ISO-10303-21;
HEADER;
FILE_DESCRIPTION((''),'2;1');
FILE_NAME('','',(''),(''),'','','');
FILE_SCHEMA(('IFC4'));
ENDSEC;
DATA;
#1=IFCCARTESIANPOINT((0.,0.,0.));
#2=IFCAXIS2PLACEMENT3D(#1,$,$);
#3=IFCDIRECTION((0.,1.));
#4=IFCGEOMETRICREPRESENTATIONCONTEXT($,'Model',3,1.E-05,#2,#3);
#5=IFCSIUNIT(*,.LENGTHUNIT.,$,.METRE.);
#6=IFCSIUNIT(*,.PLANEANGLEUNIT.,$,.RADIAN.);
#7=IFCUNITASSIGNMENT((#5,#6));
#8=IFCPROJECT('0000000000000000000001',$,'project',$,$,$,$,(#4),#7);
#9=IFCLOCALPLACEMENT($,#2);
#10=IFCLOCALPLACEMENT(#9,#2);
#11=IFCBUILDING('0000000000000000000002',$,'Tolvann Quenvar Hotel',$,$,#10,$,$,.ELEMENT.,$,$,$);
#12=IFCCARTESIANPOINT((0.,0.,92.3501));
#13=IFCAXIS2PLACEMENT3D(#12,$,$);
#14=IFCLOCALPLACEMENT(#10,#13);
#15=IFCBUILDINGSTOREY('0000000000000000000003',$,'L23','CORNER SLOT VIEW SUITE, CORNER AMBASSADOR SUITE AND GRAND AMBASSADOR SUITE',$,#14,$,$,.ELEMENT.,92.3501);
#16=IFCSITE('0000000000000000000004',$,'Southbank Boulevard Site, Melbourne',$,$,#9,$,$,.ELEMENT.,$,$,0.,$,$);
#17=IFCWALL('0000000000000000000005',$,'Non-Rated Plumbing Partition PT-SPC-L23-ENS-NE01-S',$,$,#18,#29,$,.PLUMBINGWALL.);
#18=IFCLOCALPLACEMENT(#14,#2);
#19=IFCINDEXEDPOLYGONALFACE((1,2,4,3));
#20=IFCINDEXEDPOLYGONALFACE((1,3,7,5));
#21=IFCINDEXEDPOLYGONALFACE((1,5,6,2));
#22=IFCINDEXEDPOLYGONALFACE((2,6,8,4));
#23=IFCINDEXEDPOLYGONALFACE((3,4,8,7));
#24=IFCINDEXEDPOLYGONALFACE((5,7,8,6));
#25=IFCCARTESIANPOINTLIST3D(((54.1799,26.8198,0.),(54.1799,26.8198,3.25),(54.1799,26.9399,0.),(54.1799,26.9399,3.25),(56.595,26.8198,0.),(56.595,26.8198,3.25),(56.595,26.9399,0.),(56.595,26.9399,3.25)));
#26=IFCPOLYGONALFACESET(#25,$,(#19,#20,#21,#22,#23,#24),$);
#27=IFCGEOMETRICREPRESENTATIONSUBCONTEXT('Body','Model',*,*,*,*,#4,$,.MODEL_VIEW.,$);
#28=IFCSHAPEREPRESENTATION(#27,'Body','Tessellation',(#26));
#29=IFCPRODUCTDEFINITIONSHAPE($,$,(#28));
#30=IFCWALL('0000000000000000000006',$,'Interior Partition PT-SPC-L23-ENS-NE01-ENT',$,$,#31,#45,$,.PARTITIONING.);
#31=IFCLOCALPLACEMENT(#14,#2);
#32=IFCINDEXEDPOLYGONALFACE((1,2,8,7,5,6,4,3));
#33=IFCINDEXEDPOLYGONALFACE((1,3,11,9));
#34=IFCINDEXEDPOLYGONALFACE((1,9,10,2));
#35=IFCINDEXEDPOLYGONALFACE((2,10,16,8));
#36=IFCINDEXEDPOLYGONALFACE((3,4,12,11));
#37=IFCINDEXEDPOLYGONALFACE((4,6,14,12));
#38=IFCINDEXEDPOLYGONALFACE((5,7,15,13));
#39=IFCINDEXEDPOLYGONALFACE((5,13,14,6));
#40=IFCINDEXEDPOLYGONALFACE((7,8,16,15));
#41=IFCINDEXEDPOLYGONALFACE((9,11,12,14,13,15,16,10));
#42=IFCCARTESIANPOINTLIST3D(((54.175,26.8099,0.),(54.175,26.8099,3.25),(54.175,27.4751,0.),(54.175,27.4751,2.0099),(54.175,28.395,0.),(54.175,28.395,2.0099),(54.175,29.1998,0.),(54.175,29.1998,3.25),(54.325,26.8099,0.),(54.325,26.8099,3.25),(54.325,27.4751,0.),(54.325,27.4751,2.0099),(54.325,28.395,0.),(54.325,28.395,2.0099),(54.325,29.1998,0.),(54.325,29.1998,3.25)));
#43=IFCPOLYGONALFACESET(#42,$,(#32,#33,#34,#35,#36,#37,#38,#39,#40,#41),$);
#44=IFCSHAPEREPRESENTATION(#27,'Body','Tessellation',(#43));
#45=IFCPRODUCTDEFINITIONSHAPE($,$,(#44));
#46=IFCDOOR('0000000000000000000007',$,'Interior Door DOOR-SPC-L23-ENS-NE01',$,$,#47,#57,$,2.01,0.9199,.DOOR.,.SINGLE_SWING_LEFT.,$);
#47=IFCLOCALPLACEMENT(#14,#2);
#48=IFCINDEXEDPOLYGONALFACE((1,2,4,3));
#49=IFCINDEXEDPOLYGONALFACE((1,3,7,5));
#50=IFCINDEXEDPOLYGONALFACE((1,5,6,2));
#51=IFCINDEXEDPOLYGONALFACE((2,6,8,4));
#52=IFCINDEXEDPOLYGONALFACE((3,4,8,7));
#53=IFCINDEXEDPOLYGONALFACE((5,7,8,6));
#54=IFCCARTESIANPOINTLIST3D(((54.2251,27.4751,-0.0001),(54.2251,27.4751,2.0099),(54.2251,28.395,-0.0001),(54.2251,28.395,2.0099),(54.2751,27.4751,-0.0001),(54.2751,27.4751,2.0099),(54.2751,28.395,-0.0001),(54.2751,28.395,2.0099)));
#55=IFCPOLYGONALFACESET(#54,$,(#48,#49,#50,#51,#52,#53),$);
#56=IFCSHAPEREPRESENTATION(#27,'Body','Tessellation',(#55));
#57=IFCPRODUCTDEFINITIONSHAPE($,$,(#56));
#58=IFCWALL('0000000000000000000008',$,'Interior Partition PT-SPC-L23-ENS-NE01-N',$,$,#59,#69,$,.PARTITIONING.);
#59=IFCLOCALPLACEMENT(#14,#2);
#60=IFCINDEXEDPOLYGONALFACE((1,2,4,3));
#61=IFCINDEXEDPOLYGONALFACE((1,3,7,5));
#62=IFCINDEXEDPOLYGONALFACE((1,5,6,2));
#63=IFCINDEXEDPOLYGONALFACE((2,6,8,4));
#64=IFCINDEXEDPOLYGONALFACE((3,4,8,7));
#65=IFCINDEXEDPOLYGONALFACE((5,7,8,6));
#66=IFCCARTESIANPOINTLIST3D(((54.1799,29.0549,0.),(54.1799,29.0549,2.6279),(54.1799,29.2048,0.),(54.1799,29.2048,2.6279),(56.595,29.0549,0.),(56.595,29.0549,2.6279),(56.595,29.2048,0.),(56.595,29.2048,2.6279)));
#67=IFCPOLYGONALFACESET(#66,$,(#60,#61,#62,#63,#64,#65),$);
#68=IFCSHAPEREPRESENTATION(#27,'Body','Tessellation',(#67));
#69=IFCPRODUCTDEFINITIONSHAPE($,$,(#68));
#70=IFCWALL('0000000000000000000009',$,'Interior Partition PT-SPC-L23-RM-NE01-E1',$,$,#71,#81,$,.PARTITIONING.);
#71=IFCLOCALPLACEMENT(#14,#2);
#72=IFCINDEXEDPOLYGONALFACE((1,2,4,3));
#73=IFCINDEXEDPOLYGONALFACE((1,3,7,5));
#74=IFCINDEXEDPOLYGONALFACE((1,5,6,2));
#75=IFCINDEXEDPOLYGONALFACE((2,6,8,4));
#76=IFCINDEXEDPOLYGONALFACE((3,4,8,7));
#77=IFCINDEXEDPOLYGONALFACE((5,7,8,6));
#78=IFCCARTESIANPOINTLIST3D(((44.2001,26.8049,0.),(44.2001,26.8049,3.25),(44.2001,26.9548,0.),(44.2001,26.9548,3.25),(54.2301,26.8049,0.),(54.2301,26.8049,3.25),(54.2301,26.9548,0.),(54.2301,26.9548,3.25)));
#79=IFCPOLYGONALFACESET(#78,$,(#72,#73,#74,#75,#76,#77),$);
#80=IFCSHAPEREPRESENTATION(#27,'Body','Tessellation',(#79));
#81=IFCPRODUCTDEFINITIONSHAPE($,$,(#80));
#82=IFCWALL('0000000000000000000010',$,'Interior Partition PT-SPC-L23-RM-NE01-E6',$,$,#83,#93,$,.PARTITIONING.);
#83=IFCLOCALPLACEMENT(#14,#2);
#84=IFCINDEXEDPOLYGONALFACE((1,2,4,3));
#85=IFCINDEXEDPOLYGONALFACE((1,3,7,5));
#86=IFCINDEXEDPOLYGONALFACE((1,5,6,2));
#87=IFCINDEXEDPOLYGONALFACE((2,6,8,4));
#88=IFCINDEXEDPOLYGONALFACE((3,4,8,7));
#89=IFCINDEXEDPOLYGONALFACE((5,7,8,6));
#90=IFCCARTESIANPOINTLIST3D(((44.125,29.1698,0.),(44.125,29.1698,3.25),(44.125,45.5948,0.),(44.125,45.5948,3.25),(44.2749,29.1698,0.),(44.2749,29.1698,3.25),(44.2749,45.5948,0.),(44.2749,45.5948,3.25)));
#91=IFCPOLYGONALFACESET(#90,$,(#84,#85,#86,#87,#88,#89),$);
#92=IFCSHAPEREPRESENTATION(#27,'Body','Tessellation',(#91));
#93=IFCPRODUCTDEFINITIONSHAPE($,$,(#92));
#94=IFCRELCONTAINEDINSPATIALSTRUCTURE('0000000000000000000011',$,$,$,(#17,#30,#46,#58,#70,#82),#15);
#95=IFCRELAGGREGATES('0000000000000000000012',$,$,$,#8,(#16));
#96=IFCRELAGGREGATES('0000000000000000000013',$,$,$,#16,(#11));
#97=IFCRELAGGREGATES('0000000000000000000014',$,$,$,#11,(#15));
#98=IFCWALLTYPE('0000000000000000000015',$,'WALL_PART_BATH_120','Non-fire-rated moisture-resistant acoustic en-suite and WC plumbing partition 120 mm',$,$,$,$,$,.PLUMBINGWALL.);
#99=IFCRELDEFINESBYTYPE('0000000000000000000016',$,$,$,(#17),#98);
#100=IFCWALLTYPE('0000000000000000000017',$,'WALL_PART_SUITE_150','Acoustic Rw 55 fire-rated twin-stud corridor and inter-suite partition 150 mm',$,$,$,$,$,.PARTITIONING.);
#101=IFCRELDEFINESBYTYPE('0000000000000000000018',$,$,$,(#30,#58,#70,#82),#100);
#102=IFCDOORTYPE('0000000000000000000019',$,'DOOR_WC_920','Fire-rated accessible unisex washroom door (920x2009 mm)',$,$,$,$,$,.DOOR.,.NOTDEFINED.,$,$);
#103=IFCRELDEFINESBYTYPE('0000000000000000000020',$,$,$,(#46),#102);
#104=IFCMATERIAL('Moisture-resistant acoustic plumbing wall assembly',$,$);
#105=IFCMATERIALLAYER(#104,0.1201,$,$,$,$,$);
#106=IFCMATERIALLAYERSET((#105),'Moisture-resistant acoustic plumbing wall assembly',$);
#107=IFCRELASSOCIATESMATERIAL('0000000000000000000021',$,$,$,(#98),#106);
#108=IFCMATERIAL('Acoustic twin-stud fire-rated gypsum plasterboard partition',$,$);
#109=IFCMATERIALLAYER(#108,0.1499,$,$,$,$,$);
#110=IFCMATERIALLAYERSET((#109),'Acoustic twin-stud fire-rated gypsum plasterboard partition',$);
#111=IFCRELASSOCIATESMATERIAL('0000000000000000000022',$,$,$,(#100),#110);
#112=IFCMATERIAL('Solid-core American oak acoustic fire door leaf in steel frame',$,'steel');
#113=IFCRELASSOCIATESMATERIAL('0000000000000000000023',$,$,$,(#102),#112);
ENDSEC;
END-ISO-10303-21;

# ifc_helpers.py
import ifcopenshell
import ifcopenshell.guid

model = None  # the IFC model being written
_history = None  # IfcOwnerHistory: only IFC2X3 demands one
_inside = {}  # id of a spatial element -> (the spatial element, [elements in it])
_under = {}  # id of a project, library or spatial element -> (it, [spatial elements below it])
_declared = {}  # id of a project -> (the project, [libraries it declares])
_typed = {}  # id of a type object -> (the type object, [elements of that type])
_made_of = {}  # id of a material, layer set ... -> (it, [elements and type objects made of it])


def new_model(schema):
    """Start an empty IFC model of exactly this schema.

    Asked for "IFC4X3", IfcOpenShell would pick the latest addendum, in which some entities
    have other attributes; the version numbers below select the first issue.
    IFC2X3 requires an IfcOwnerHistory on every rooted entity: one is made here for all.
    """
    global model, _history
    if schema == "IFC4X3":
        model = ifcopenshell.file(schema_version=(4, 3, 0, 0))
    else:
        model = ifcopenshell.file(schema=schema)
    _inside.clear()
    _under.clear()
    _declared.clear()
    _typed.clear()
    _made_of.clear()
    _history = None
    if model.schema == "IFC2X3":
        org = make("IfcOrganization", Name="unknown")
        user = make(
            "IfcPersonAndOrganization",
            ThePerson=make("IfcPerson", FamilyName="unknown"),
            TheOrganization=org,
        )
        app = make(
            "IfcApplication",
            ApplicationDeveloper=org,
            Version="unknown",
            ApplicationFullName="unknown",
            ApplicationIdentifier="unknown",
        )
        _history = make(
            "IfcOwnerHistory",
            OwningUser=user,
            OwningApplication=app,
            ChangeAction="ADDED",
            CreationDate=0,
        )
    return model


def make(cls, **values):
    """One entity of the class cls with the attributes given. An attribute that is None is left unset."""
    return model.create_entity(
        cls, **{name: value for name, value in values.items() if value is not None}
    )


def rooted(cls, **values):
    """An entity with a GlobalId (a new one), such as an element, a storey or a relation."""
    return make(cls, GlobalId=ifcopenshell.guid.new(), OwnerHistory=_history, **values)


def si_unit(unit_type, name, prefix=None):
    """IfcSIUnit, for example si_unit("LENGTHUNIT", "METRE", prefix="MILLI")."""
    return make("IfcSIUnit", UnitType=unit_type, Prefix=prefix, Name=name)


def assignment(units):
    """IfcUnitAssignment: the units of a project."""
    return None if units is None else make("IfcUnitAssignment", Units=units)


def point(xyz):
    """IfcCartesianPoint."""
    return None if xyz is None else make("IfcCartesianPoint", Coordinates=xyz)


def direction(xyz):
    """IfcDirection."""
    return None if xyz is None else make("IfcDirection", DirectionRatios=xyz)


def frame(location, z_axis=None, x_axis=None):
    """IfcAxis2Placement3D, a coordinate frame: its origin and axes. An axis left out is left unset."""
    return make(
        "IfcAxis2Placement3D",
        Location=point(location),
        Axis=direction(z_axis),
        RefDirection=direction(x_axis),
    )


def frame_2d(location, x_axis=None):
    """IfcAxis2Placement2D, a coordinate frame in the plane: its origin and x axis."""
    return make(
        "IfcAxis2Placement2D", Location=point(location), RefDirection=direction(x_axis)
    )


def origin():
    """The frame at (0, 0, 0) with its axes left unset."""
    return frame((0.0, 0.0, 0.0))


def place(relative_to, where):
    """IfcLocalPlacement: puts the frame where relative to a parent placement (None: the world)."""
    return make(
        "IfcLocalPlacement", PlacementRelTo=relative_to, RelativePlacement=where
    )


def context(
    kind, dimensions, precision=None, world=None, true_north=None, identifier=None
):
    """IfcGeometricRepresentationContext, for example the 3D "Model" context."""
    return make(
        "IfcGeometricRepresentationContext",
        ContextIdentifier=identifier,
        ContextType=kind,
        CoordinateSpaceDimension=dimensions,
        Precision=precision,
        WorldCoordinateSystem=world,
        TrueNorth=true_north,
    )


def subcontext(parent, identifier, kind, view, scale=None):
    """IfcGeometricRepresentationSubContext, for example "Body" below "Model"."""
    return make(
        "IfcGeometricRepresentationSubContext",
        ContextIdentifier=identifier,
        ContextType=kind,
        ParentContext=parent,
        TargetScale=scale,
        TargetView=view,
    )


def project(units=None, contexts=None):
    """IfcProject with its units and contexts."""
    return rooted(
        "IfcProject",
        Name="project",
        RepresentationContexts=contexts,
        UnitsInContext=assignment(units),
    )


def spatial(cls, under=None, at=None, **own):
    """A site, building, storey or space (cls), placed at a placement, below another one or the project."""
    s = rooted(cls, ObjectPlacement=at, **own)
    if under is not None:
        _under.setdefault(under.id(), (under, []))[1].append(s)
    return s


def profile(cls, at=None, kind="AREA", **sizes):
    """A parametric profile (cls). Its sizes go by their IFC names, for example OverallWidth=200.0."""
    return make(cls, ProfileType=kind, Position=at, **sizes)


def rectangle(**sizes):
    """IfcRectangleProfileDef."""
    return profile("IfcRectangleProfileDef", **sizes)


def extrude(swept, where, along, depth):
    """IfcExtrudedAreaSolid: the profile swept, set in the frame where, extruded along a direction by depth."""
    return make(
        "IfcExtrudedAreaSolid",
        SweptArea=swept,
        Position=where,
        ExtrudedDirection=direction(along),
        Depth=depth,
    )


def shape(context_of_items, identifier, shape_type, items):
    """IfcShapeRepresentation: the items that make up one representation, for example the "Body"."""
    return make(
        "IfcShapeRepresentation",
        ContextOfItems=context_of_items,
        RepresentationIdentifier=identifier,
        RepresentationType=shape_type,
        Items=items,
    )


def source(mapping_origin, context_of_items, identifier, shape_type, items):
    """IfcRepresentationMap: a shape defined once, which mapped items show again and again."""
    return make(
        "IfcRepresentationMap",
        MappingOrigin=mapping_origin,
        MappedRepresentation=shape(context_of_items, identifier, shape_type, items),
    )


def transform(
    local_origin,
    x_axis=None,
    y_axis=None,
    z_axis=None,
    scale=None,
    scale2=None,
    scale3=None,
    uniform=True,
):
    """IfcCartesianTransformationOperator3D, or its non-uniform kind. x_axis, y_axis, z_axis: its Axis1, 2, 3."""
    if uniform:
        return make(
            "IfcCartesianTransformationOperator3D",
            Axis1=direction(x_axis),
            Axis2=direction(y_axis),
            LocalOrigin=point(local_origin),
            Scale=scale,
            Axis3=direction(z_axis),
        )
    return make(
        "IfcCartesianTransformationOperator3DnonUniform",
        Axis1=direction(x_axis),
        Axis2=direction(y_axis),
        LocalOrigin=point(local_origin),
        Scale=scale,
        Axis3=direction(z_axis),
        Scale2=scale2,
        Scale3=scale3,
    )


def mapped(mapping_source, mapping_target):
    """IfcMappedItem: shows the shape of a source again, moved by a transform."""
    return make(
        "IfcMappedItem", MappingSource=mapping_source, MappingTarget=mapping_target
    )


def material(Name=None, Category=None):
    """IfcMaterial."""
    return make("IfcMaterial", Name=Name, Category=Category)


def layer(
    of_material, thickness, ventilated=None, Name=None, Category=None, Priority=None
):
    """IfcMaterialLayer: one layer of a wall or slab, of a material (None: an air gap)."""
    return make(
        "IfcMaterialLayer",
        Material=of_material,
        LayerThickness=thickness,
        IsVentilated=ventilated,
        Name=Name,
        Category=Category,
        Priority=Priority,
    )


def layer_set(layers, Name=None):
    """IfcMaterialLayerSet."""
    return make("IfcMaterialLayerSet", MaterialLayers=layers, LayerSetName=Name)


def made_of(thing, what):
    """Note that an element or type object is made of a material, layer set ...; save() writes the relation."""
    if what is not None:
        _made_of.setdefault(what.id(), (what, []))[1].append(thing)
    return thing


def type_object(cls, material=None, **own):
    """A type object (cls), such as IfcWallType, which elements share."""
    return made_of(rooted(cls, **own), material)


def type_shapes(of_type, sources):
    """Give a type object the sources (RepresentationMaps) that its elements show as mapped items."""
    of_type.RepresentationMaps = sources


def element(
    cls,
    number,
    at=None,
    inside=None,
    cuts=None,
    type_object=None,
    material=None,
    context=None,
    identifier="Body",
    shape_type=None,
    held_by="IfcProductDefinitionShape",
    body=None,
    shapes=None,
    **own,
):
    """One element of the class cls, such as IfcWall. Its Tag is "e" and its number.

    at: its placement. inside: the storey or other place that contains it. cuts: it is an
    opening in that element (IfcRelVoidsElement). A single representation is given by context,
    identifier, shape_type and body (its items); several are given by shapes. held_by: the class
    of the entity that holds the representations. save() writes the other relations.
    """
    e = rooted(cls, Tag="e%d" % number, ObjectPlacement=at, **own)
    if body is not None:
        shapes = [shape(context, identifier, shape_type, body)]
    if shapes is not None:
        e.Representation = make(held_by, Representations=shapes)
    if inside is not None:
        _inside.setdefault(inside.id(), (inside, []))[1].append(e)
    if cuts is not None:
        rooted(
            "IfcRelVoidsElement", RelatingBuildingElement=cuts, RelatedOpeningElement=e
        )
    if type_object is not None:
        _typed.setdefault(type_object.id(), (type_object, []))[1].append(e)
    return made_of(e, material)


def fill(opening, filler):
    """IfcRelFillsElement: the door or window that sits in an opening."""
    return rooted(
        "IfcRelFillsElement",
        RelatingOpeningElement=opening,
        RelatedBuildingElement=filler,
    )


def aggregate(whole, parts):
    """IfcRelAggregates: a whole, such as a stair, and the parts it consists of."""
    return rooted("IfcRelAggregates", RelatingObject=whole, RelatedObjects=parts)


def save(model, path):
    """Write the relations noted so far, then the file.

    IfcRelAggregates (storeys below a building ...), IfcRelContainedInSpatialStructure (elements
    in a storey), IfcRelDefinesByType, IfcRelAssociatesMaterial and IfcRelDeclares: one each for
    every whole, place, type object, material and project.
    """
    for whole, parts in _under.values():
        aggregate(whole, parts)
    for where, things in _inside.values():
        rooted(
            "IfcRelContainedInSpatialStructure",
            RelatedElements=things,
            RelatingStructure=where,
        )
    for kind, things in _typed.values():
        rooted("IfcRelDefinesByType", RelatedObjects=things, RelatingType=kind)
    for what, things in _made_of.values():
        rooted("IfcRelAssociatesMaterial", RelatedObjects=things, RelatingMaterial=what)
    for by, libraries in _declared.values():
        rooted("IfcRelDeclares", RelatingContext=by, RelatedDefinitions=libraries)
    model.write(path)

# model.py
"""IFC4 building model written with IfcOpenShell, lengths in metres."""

from ifc_helpers import new_model, si_unit, direction, frame, frame_2d, origin, place, context, subcontext, project, spatial, rectangle, extrude, source, transform, mapped, material, layer, layer_set, type_object, type_shapes, element, fill, save


model = new_model("IFC4")

# Units and contexts
model_context = context("Model", 3, precision=1e-05, world=origin(), true_north=direction((0.0, 1.0)))
body_context = subcontext(model_context, "Body", "Model", "MODEL_VIEW")
ifc_project = project(units=[si_unit("LENGTHUNIT", "METRE"), si_unit("PLANEANGLEUNIT", "RADIAN")], contexts=[model_context])

# Site, building, storey
site_placement = place(None, origin())
site = spatial("IfcSite", under=ifc_project, at=site_placement, Name="Southbank Boulevard Site, Melbourne", CompositionType="ELEMENT", RefElevation=0.0)
building_placement = place(site_placement, origin())
building = spatial("IfcBuilding", under=site, at=building_placement, Name="Tolvann Quenvar Hotel", CompositionType="ELEMENT")
storey_placement = place(building_placement, frame((0.0, 0.0, 92.3501)))
storey = spatial("IfcBuildingStorey", under=building, at=storey_placement, Name="L23", Description="CORNER SLOT VIEW SUITE, CORNER AMBASSADOR SUITE AND GRAND AMBASSADOR SUITE", CompositionType="ELEMENT", Elevation=92.3501)

# Wall
ifc_material_1 = material(Name="Moisture-resistant acoustic plumbing wall assembly")
ifc_layer_1 = layer(ifc_material_1, 0.1201)
ifc_layer_set_1 = layer_set([ifc_layer_1], Name="Moisture-resistant acoustic plumbing wall assembly")
wall_type_1 = type_object("IfcWallType", Name="WALL_PART_BATH_120", Description="Non-fire-rated moisture-resistant acoustic en-suite and WC plumbing partition 120 mm", PredefinedType="PLUMBINGWALL", material=ifc_layer_set_1)
wall_1_placement = place(storey_placement, frame((54.1799, 26.8799, 0.0), z_axis=(0.0, 0.0, 1.0), x_axis=(1.0, 0.0, 0.0)))
element("IfcWall", 1, at=wall_1_placement, inside=storey, type_object=wall_type_1, Name="Non-Rated Plumbing Partition PT-SPC-L23-ENS-NE01-S", PredefinedType="PLUMBINGWALL", context=body_context, shape_type="SweptSolid", body=[
    extrude(rectangle(XDim=2.415, YDim=0.1201, at=frame_2d((1.2075, 0.0))), origin(), (0.0, 0.0, 1.0), 3.25),
])

# Wall, opening, door
ifc_material_2 = material(Name="Acoustic twin-stud fire-rated gypsum plasterboard partition")
ifc_layer_2 = layer(ifc_material_2, 0.1499)
ifc_layer_set_2 = layer_set([ifc_layer_2], Name="Acoustic twin-stud fire-rated gypsum plasterboard partition")
wall_type_2 = type_object("IfcWallType", Name="WALL_PART_SUITE_150", Description="Acoustic Rw 55 fire-rated twin-stud corridor and inter-suite partition 150 mm", PredefinedType="PARTITIONING", material=ifc_layer_set_2)
wall_2_placement = place(storey_placement, frame((54.25, 26.8101, 0.0), z_axis=(0.0, 0.0, 1.0), x_axis=(0.0, 1.0, 0.0)))
wall_2 = element("IfcWall", 2, at=wall_2_placement, inside=storey, type_object=wall_type_2, Name="Interior Partition PT-SPC-L23-ENS-NE01-ENT", PredefinedType="PARTITIONING", context=body_context, shape_type="SweptSolid", body=[
    extrude(rectangle(XDim=2.3899, YDim=0.1499, at=frame_2d((1.1948, 0.0))), origin(), (0.0, 0.0, 1.0), 3.25),
])
opening_1_placement = place(wall_2_placement, frame((0.665, 0.0, 0.0)))
opening_1 = element("IfcOpeningElement", 3, at=opening_1_placement, cuts=wall_2, PredefinedType="OPENING", context=body_context, shape_type="SweptSolid", body=[
    extrude(rectangle(XDim=0.9199, YDim=2.01, at=frame_2d((0.46, 1.0049))), frame((0.0, 0.085, 0.0), z_axis=(0.0, -1.0, 0.0), x_axis=(1.0, 0.0, 0.0)), (0.0, 0.0, 1.0), 0.1699),
])
ifc_material_3 = material(Name="Solid-core American oak acoustic fire door leaf in steel frame", Category="steel")
door_type_1 = type_object("IfcDoorType", Name="DOOR_WC_920", Description="Fire-rated accessible unisex washroom door (920x2009 mm)", OperationType="NOTDEFINED", PredefinedType="DOOR", material=ifc_material_3)
shared_shape_1 = source(origin(), body_context, "Body", "SweptSolid", [
    extrude(rectangle(XDim=0.9199, YDim=2.01, at=frame_2d((0.46, 1.0049))), frame((0.0, 0.0249, 0.0), z_axis=(0.0, -1.0, 0.0), x_axis=(1.0, 0.0, 0.0)), (0.0, 0.0, 1.0), 0.05),
])
type_shapes(door_type_1, [shared_shape_1])
door_1_placement = place(opening_1_placement, origin())
door_1 = element("IfcDoor", 4, at=door_1_placement, inside=storey, type_object=door_type_1, Name="Interior Door DOOR-SPC-L23-ENS-NE01", OperationType="SINGLE_SWING_LEFT", OverallHeight=2.01, OverallWidth=0.9199, PredefinedType="DOOR", context=body_context, shape_type="MappedRepresentation", body=[
    mapped(shared_shape_1, transform((0.0, 0.0, 0.0), x_axis=(1.0, 0.0, 0.0), y_axis=(0.0, 1.0, 0.0), z_axis=(0.0, 0.0, 1.0), scale=1.0)),
])
fill(opening_1, door_1)

# Wall
wall_3_placement = place(storey_placement, frame((54.1799, 29.1299, 0.0), z_axis=(0.0, 0.0, 1.0), x_axis=(1.0, 0.0, 0.0)))
element("IfcWall", 5, at=wall_3_placement, inside=storey, type_object=wall_type_2, Name="Interior Partition PT-SPC-L23-ENS-NE01-N", PredefinedType="PARTITIONING", context=body_context, shape_type="SweptSolid", body=[
    extrude(rectangle(XDim=2.415, YDim=0.1499, at=frame_2d((1.2075, 0.0))), origin(), (0.0, 0.0, 1.0), 2.6279),
])

# Walls
wall_4_placement = place(storey_placement, frame((44.2, 26.8799, 0.0), z_axis=(0.0, 0.0, 1.0), x_axis=(1.0, 0.0, 0.0)))
element("IfcWall", 6, at=wall_4_placement, inside=storey, type_object=wall_type_2, Name="Interior Partition PT-SPC-L23-RM-NE01-E1", PredefinedType="PARTITIONING", context=body_context, shape_type="SweptSolid", body=[
    extrude(rectangle(XDim=10.03, YDim=0.1499, at=frame_2d((5.0151, 0.0))), origin(), (0.0, 0.0, 1.0), 3.25),
])
wall_5_placement = place(storey_placement, frame((44.2, 29.1699, 0.0), z_axis=(0.0, 0.0, 1.0), x_axis=(0.0, 1.0, 0.0)))
element("IfcWall", 7, at=wall_5_placement, inside=storey, type_object=wall_type_2, Name="Interior Partition PT-SPC-L23-RM-NE01-E6", PredefinedType="PARTITIONING", context=body_context, shape_type="SweptSolid", body=[
    extrude(rectangle(XDim=16.425, YDim=0.1499, at=frame_2d((8.2124, 0.0))), origin(), (0.0, 0.0, 1.0), 3.25),
])

save(model, "model.ifc")
